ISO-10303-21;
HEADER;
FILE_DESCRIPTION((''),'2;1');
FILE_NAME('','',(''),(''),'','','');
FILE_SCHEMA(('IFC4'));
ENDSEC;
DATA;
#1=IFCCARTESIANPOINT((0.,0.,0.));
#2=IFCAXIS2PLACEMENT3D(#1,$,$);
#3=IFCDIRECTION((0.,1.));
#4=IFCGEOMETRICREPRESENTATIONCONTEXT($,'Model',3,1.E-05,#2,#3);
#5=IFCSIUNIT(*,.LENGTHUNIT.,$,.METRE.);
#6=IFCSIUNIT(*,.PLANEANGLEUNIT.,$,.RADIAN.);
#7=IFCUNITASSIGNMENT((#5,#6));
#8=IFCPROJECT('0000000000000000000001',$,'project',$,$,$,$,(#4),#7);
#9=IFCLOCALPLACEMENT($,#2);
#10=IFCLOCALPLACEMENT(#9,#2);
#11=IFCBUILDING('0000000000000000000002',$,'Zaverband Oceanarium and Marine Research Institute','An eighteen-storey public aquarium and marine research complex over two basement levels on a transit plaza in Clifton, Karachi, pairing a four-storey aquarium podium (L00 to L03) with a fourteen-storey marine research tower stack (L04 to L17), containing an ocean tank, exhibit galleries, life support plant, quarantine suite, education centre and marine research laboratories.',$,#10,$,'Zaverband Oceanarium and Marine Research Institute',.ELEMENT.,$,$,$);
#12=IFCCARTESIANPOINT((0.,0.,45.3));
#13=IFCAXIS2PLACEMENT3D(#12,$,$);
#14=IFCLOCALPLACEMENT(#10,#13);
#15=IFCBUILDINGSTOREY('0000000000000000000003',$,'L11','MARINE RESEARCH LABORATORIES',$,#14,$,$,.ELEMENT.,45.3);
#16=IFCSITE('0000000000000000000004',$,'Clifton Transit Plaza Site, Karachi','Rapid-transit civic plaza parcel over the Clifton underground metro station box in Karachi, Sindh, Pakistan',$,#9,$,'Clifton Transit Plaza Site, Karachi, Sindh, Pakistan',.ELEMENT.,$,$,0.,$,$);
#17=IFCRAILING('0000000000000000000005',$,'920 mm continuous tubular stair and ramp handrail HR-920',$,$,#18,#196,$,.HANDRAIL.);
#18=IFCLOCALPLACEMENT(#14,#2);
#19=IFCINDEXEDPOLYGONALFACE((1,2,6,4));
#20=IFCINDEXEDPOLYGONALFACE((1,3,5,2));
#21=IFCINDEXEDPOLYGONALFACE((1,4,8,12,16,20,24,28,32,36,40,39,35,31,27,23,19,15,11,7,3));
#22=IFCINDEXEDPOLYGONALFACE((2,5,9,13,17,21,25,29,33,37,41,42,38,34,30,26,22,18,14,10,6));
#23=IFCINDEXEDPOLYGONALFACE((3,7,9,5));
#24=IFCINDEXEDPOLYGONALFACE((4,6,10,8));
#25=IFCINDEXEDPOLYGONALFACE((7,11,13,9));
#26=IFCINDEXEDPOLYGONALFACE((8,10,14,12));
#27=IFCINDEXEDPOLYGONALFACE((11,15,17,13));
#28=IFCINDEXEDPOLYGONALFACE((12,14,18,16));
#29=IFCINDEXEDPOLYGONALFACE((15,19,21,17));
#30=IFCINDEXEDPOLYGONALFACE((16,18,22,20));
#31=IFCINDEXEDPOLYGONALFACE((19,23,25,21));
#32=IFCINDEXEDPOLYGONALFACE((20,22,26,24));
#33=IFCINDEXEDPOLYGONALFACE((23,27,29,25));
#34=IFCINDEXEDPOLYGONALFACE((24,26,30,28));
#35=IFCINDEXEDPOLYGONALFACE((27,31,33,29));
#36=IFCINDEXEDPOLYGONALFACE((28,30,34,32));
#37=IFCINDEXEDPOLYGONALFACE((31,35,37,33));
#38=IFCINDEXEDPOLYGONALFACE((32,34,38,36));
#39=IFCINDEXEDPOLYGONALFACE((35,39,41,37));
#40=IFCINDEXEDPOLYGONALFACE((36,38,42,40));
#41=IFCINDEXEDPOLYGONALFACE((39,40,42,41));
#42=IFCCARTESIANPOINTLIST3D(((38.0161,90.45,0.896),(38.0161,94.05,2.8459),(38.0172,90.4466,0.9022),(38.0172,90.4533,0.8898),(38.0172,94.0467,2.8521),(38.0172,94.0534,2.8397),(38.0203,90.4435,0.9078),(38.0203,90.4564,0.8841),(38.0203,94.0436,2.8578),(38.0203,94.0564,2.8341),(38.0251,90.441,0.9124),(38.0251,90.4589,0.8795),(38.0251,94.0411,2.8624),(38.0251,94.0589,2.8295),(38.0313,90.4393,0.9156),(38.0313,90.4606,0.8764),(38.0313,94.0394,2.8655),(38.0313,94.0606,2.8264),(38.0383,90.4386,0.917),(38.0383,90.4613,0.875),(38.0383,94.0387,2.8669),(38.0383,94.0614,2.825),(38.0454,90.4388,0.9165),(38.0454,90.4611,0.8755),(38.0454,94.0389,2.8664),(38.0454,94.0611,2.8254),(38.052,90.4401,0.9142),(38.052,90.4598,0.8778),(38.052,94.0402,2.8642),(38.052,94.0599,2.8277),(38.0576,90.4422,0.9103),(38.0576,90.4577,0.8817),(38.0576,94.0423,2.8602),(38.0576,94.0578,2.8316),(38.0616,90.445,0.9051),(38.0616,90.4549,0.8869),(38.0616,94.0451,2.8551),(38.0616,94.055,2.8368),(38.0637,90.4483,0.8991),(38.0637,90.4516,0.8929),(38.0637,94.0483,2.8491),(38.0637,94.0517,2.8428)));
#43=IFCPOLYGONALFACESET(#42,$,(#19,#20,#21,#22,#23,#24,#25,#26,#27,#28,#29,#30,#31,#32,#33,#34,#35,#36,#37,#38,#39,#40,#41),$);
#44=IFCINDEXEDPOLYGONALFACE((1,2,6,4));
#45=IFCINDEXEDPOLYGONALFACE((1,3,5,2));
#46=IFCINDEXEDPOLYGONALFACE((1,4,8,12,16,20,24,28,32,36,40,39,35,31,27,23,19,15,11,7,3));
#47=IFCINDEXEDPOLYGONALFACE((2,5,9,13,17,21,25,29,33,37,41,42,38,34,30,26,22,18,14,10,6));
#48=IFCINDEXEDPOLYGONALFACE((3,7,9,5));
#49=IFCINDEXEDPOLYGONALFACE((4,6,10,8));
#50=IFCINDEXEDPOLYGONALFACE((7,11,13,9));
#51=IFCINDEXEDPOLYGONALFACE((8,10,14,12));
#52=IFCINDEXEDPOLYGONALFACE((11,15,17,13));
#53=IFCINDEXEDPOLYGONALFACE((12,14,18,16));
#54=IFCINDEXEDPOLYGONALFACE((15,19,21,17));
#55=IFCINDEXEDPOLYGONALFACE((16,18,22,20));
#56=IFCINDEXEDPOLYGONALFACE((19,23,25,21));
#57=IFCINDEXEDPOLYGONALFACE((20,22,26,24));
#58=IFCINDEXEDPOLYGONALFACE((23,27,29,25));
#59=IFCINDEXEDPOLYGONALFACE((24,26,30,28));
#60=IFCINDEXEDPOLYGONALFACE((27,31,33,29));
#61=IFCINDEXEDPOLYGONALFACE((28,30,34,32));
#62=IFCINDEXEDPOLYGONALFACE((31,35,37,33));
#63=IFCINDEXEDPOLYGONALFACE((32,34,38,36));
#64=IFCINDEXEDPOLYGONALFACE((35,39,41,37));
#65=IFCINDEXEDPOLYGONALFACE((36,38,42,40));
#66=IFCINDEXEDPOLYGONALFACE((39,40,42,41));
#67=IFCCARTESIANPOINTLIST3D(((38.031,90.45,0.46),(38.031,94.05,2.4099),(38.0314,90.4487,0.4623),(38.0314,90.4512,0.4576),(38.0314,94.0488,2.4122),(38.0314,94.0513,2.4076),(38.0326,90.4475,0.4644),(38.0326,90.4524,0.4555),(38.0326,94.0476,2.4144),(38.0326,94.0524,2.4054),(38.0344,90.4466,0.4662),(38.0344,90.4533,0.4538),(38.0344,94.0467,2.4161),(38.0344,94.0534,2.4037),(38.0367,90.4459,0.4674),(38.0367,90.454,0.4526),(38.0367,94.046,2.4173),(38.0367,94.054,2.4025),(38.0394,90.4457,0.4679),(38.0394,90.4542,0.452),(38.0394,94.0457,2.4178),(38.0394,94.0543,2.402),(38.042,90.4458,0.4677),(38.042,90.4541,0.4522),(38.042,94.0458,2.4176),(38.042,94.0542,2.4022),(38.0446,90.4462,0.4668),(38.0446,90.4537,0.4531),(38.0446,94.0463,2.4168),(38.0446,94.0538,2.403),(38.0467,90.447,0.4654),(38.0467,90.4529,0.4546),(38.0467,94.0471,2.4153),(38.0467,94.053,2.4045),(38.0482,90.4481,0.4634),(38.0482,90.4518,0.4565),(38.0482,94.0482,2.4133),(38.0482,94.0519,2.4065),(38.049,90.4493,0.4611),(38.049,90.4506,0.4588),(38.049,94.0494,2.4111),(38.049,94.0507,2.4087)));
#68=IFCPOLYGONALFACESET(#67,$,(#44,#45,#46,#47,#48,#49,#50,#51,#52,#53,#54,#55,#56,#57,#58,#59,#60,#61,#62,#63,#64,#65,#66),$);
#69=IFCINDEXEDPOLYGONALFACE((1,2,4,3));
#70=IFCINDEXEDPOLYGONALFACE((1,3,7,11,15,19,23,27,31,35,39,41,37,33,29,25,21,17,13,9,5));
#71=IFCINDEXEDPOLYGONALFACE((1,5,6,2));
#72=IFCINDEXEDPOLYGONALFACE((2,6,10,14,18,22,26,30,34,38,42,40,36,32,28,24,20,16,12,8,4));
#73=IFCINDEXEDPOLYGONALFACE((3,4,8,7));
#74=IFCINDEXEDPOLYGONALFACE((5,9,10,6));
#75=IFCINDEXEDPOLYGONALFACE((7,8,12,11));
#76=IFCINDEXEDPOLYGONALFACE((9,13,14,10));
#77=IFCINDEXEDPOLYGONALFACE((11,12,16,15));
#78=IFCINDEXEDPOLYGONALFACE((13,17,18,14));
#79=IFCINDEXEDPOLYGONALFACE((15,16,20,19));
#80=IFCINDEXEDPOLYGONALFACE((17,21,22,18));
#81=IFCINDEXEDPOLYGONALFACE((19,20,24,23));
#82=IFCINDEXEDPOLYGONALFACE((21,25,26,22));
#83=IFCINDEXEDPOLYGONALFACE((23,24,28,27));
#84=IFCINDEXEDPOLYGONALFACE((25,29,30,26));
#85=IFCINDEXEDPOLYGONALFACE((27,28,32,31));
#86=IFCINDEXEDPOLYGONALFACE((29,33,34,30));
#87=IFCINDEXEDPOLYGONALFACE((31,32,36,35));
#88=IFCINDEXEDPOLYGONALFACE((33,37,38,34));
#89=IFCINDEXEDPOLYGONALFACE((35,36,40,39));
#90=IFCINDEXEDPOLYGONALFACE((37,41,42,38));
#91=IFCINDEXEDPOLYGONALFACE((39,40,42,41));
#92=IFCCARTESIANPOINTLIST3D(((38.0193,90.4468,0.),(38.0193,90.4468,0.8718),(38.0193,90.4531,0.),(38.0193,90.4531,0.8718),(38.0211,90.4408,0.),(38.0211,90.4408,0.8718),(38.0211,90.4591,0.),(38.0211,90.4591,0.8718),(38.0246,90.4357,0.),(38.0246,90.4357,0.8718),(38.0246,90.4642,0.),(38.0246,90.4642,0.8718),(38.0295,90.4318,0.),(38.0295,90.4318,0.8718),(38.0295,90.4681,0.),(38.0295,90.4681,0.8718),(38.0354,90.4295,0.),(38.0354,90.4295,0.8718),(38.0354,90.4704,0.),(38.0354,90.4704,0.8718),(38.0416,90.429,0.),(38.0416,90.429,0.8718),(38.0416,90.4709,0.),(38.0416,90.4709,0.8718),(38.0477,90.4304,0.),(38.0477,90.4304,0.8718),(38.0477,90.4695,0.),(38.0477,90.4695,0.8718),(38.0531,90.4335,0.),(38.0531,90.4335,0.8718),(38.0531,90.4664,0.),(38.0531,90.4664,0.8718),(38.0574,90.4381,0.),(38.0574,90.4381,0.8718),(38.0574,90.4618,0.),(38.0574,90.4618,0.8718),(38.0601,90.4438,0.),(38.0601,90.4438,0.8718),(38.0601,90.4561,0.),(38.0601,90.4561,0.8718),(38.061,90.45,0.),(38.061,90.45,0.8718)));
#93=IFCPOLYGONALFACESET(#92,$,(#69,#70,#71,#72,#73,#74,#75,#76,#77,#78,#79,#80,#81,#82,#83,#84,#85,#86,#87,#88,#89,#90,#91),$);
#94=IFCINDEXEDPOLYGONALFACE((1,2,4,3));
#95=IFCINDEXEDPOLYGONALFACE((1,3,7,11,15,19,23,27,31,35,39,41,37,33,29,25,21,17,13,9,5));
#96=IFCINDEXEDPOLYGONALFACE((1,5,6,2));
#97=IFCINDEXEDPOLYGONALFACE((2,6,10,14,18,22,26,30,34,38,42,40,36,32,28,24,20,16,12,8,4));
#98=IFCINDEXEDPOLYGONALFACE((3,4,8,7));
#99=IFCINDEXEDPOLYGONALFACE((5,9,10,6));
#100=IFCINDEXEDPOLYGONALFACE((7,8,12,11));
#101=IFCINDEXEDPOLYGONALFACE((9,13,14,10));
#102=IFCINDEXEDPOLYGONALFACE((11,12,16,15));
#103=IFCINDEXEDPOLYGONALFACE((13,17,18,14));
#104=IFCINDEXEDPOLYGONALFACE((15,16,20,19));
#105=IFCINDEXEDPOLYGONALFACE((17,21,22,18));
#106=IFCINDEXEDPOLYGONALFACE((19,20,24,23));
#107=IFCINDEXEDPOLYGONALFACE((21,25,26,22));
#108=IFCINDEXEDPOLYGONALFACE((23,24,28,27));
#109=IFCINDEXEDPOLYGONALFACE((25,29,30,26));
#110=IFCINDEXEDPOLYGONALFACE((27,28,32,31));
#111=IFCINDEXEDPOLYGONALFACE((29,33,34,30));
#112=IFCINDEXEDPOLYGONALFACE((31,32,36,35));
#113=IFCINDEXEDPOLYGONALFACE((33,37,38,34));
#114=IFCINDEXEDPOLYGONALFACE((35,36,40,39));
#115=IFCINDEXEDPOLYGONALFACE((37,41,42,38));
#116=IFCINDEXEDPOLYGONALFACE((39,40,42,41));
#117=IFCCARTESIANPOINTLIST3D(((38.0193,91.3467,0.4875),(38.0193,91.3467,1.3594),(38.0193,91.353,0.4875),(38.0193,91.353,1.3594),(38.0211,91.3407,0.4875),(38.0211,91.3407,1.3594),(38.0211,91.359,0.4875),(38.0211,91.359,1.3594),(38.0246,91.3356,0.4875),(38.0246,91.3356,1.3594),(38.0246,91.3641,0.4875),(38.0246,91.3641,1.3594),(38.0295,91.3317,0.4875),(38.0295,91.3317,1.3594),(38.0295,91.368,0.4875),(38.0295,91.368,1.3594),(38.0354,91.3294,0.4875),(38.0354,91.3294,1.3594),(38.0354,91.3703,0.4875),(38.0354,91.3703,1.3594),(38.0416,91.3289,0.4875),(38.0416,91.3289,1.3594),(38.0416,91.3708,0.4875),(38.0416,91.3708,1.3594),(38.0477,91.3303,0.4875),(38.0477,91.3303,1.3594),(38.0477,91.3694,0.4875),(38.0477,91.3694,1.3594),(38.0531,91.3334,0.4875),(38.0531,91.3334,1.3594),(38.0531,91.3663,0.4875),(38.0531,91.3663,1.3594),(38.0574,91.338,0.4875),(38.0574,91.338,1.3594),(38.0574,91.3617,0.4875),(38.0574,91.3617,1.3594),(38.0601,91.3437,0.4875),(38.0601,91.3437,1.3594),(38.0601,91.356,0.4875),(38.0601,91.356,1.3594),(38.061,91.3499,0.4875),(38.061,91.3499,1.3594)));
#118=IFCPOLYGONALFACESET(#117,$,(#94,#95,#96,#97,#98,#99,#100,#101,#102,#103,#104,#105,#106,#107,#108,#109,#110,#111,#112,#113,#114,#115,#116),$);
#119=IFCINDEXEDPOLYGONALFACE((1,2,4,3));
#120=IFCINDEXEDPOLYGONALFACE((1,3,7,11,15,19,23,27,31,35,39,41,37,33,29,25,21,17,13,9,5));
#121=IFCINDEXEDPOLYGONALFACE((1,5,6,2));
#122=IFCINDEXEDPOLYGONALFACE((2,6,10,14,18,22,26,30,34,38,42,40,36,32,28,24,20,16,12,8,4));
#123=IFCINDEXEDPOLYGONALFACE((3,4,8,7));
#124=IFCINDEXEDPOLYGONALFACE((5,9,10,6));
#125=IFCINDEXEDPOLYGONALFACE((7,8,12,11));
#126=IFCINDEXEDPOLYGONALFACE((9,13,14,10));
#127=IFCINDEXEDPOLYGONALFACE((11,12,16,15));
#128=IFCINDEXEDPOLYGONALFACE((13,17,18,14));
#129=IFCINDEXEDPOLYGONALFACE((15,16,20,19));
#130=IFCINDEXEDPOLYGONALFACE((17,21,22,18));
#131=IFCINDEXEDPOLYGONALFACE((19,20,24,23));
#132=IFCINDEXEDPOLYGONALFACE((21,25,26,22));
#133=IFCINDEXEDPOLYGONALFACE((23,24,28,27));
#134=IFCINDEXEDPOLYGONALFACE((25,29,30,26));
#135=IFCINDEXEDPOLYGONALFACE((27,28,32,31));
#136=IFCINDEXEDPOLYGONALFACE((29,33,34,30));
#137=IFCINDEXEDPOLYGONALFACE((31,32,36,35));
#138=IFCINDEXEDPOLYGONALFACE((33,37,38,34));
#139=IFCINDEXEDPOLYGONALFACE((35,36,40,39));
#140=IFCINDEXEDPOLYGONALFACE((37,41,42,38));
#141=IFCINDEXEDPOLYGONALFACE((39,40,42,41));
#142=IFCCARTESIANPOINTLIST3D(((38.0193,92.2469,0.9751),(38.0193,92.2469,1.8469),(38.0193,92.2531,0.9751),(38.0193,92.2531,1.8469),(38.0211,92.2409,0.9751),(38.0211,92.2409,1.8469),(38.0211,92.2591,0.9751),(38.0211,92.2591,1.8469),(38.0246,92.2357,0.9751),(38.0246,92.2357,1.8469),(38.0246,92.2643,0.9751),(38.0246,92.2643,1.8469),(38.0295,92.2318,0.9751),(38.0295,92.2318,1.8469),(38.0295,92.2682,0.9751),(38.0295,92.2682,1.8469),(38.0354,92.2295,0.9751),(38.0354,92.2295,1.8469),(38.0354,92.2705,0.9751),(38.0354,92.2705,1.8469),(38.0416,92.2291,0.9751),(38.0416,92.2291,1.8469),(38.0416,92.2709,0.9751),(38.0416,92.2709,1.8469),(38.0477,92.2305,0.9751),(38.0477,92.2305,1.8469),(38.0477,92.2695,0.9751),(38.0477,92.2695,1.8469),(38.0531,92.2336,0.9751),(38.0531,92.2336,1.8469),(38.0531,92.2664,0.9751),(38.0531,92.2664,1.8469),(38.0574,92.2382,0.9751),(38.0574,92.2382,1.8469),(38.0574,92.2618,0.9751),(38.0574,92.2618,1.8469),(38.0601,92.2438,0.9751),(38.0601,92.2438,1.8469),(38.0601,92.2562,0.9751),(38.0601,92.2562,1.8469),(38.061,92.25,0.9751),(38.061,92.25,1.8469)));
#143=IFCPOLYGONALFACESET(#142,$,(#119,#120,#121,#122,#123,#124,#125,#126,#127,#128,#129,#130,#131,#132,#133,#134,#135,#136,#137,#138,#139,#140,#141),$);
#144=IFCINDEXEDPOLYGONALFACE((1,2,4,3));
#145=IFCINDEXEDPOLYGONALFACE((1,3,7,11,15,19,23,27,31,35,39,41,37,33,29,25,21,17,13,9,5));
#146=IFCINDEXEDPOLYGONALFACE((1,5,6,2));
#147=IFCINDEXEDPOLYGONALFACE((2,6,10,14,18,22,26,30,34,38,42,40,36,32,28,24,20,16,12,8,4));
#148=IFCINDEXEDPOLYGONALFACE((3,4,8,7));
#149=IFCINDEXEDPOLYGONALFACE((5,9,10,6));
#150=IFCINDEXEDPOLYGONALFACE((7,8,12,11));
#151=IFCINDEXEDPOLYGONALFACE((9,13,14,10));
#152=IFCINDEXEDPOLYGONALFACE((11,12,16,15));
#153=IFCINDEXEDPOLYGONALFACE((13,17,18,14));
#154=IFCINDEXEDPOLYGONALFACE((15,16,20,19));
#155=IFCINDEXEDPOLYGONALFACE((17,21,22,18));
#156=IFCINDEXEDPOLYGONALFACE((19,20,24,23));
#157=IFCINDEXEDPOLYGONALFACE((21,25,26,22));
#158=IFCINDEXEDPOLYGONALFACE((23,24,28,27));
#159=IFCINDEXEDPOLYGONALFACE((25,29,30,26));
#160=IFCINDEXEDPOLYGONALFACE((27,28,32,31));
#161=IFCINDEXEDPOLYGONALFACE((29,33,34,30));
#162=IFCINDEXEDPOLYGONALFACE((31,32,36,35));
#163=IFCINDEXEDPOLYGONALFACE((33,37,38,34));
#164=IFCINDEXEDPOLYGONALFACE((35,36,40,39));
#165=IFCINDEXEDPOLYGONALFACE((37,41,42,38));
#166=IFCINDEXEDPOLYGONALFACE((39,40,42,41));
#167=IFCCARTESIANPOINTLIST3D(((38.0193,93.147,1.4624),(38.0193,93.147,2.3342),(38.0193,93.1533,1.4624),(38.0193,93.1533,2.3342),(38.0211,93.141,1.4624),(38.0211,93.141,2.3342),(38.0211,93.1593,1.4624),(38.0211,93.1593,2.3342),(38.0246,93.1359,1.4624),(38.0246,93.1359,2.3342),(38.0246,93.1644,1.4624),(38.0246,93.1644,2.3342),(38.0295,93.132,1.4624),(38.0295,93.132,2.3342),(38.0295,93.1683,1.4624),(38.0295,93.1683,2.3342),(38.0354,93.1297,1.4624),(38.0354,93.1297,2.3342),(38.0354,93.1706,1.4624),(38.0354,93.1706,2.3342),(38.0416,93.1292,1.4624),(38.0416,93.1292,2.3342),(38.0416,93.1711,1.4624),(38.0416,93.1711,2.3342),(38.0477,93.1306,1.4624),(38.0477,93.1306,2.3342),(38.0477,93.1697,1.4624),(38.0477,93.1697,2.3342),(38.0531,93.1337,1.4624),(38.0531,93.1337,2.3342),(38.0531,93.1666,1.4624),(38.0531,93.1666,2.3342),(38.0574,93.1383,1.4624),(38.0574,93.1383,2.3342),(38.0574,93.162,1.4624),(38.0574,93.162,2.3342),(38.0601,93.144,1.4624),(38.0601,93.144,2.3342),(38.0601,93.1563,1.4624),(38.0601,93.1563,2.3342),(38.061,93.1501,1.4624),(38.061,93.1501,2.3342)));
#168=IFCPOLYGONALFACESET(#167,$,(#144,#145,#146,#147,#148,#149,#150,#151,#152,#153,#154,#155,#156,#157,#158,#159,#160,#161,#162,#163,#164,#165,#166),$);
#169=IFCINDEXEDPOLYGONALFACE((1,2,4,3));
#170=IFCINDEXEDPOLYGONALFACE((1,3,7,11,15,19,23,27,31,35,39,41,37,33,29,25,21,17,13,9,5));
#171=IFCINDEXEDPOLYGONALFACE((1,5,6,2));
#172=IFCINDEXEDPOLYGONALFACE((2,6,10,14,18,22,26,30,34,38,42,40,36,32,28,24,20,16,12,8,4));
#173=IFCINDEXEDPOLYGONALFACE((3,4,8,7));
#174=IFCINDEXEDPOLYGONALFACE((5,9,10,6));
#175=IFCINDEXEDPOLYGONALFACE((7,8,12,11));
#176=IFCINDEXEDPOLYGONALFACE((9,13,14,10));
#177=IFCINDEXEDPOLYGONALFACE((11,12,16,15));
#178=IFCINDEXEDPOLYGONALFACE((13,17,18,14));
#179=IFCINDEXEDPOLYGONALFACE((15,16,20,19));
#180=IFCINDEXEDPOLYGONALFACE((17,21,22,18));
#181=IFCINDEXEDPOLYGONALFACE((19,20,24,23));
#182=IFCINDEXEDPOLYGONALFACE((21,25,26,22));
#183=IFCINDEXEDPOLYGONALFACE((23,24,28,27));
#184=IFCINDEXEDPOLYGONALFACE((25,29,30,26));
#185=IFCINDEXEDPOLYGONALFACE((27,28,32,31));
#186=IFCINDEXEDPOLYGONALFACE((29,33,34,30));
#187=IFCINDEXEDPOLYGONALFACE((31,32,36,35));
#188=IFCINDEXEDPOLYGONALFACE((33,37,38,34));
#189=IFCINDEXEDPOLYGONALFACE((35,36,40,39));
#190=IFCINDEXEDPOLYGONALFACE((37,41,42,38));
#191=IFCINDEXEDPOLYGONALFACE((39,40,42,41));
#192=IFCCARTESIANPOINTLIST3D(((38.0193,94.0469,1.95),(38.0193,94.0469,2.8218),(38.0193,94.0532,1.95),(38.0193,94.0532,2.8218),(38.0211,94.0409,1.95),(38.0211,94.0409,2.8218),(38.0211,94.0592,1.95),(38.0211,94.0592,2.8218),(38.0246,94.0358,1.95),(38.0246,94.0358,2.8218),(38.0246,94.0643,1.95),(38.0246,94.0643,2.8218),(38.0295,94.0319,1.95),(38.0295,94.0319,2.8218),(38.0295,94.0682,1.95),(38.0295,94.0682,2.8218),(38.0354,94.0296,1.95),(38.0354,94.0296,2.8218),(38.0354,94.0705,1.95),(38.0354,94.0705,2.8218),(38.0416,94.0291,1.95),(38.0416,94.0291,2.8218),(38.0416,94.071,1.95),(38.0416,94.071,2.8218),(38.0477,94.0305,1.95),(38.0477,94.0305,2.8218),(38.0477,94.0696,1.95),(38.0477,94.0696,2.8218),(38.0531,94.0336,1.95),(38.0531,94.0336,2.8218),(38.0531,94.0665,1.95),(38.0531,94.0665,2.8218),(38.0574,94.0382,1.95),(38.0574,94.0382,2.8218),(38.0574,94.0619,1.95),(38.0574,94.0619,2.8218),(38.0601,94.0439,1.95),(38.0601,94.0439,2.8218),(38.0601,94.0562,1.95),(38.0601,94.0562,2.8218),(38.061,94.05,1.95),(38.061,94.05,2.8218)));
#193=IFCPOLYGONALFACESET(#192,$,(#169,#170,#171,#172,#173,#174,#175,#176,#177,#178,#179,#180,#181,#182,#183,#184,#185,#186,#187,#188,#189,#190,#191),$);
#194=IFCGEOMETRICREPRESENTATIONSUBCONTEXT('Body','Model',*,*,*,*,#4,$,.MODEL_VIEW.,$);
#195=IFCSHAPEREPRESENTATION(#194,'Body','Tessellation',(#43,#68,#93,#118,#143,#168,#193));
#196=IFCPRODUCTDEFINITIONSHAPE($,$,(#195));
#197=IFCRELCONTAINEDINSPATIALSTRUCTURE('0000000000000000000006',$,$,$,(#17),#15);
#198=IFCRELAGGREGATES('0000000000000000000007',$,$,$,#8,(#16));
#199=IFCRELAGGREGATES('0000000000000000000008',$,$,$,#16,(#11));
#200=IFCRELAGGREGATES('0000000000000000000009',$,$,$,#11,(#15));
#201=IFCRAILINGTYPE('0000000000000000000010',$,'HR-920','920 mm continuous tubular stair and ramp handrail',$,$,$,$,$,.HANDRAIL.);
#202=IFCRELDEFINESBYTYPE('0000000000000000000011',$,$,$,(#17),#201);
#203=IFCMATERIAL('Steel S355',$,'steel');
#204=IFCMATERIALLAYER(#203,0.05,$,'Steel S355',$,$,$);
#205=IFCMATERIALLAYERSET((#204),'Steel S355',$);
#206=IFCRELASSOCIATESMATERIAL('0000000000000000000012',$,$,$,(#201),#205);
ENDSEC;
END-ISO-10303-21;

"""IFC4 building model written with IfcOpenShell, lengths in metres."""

from ifc_helpers import new_model, si_unit, direction, frame, origin, origin_2d, place, context, subcontext, project, spatial, circle, extrude, material, layer, layer_set, type_object, element, save


model = new_model("IFC4")

# Units and contexts
model_context = context("Model", 3, precision=1e-05, world=origin(), true_north=direction((0.0, 1.0)))
body_context = subcontext(model_context, "Body", "Model", "MODEL_VIEW")
ifc_project = project(units=[si_unit("LENGTHUNIT", "METRE"), si_unit("PLANEANGLEUNIT", "RADIAN")], contexts=[model_context])

# Site, building, storey
site_placement = place(None, origin())
site = spatial("IfcSite", under=ifc_project, at=site_placement, Name="Clifton Transit Plaza Site, Karachi", Description="Rapid-transit civic plaza parcel over the Clifton underground metro station box in Karachi, Sindh, Pakistan", LongName="Clifton Transit Plaza Site, Karachi, Sindh, Pakistan", CompositionType="ELEMENT", RefElevation=0.0)
building_placement = place(site_placement, origin())
building = spatial("IfcBuilding", under=site, at=building_placement, Name="Zaverband Oceanarium and Marine Research Institute", Description="An eighteen-storey public aquarium and marine research complex over two basement levels on a transit plaza in Clifton, Karachi, pairing a four-storey aquarium podium (L00 to L03) with a fourteen-storey marine research tower stack (L04 to L17), containing an ocean tank, exhibit galleries, life support plant, quarantine suite, education centre and marine research laboratories.", LongName="Zaverband Oceanarium and Marine Research Institute", CompositionType="ELEMENT")
storey_placement = place(building_placement, frame((0.0, 0.0, 45.3)))
storey = spatial("IfcBuildingStorey", under=building, at=storey_placement, Name="L11", Description="MARINE RESEARCH LABORATORIES", CompositionType="ELEMENT", Elevation=45.3)

# Shared definitions
ifc_material_1 = material(Name="Steel S355", Category="steel")

# Railing
ifc_layer_1 = layer(ifc_material_1, 0.05, Name="Steel S355")
ifc_layer_set_1 = layer_set([ifc_layer_1], Name="Steel S355")
railing_type_1 = type_object("IfcRailingType", Name="HR-920", Description="920 mm continuous tubular stair and ramp handrail", PredefinedType="HANDRAIL", material=ifc_layer_set_1)
railing_1_placement = place(storey_placement, frame((38.04, 90.45, 0.0)))
element("IfcRailing", 1, at=railing_1_placement, inside=storey, type_object=railing_type_1, Name="920 mm continuous tubular stair and ramp handrail HR-920", PredefinedType="HANDRAIL", context=body_context, shape_type="SweptSolid", body=[
    extrude(circle(Radius=0.0239, at=origin_2d()), frame((0.0, 0.0, 0.896), z_axis=(0.0, 0.879302, 0.476264), x_axis=(-1.0, 0.0, 0.0)), (0.0, 0.0, 1.0), 4.0942),
    extrude(circle(Radius=0.009, at=origin_2d()), frame((0.0, 0.0, 0.46), z_axis=(0.0, 0.879302, 0.476264), x_axis=(-1.0, 0.0, 0.0)), (0.0, 0.0, 1.0), 4.0942),
    extrude(circle(Radius=0.021, at=origin_2d()), origin(), (0.0, 0.0, 1.0), 0.8718),
    extrude(circle(Radius=0.021, at=origin_2d()), frame((0.0, 0.8999, 0.4875)), (0.0, 0.0, 1.0), 0.8718),
    extrude(circle(Radius=0.021, at=origin_2d()), frame((0.0, 1.8, 0.9751)), (0.0, 0.0, 1.0), 0.8718),
    extrude(circle(Radius=0.021, at=origin_2d()), frame((0.0, 2.7002, 1.4624)), (0.0, 0.0, 1.0), 0.8718),
    extrude(circle(Radius=0.021, at=origin_2d()), frame((0.0, 3.6001, 1.95)), (0.0, 0.0, 1.0), 0.8718),
])

save(model, "model.ifc")
